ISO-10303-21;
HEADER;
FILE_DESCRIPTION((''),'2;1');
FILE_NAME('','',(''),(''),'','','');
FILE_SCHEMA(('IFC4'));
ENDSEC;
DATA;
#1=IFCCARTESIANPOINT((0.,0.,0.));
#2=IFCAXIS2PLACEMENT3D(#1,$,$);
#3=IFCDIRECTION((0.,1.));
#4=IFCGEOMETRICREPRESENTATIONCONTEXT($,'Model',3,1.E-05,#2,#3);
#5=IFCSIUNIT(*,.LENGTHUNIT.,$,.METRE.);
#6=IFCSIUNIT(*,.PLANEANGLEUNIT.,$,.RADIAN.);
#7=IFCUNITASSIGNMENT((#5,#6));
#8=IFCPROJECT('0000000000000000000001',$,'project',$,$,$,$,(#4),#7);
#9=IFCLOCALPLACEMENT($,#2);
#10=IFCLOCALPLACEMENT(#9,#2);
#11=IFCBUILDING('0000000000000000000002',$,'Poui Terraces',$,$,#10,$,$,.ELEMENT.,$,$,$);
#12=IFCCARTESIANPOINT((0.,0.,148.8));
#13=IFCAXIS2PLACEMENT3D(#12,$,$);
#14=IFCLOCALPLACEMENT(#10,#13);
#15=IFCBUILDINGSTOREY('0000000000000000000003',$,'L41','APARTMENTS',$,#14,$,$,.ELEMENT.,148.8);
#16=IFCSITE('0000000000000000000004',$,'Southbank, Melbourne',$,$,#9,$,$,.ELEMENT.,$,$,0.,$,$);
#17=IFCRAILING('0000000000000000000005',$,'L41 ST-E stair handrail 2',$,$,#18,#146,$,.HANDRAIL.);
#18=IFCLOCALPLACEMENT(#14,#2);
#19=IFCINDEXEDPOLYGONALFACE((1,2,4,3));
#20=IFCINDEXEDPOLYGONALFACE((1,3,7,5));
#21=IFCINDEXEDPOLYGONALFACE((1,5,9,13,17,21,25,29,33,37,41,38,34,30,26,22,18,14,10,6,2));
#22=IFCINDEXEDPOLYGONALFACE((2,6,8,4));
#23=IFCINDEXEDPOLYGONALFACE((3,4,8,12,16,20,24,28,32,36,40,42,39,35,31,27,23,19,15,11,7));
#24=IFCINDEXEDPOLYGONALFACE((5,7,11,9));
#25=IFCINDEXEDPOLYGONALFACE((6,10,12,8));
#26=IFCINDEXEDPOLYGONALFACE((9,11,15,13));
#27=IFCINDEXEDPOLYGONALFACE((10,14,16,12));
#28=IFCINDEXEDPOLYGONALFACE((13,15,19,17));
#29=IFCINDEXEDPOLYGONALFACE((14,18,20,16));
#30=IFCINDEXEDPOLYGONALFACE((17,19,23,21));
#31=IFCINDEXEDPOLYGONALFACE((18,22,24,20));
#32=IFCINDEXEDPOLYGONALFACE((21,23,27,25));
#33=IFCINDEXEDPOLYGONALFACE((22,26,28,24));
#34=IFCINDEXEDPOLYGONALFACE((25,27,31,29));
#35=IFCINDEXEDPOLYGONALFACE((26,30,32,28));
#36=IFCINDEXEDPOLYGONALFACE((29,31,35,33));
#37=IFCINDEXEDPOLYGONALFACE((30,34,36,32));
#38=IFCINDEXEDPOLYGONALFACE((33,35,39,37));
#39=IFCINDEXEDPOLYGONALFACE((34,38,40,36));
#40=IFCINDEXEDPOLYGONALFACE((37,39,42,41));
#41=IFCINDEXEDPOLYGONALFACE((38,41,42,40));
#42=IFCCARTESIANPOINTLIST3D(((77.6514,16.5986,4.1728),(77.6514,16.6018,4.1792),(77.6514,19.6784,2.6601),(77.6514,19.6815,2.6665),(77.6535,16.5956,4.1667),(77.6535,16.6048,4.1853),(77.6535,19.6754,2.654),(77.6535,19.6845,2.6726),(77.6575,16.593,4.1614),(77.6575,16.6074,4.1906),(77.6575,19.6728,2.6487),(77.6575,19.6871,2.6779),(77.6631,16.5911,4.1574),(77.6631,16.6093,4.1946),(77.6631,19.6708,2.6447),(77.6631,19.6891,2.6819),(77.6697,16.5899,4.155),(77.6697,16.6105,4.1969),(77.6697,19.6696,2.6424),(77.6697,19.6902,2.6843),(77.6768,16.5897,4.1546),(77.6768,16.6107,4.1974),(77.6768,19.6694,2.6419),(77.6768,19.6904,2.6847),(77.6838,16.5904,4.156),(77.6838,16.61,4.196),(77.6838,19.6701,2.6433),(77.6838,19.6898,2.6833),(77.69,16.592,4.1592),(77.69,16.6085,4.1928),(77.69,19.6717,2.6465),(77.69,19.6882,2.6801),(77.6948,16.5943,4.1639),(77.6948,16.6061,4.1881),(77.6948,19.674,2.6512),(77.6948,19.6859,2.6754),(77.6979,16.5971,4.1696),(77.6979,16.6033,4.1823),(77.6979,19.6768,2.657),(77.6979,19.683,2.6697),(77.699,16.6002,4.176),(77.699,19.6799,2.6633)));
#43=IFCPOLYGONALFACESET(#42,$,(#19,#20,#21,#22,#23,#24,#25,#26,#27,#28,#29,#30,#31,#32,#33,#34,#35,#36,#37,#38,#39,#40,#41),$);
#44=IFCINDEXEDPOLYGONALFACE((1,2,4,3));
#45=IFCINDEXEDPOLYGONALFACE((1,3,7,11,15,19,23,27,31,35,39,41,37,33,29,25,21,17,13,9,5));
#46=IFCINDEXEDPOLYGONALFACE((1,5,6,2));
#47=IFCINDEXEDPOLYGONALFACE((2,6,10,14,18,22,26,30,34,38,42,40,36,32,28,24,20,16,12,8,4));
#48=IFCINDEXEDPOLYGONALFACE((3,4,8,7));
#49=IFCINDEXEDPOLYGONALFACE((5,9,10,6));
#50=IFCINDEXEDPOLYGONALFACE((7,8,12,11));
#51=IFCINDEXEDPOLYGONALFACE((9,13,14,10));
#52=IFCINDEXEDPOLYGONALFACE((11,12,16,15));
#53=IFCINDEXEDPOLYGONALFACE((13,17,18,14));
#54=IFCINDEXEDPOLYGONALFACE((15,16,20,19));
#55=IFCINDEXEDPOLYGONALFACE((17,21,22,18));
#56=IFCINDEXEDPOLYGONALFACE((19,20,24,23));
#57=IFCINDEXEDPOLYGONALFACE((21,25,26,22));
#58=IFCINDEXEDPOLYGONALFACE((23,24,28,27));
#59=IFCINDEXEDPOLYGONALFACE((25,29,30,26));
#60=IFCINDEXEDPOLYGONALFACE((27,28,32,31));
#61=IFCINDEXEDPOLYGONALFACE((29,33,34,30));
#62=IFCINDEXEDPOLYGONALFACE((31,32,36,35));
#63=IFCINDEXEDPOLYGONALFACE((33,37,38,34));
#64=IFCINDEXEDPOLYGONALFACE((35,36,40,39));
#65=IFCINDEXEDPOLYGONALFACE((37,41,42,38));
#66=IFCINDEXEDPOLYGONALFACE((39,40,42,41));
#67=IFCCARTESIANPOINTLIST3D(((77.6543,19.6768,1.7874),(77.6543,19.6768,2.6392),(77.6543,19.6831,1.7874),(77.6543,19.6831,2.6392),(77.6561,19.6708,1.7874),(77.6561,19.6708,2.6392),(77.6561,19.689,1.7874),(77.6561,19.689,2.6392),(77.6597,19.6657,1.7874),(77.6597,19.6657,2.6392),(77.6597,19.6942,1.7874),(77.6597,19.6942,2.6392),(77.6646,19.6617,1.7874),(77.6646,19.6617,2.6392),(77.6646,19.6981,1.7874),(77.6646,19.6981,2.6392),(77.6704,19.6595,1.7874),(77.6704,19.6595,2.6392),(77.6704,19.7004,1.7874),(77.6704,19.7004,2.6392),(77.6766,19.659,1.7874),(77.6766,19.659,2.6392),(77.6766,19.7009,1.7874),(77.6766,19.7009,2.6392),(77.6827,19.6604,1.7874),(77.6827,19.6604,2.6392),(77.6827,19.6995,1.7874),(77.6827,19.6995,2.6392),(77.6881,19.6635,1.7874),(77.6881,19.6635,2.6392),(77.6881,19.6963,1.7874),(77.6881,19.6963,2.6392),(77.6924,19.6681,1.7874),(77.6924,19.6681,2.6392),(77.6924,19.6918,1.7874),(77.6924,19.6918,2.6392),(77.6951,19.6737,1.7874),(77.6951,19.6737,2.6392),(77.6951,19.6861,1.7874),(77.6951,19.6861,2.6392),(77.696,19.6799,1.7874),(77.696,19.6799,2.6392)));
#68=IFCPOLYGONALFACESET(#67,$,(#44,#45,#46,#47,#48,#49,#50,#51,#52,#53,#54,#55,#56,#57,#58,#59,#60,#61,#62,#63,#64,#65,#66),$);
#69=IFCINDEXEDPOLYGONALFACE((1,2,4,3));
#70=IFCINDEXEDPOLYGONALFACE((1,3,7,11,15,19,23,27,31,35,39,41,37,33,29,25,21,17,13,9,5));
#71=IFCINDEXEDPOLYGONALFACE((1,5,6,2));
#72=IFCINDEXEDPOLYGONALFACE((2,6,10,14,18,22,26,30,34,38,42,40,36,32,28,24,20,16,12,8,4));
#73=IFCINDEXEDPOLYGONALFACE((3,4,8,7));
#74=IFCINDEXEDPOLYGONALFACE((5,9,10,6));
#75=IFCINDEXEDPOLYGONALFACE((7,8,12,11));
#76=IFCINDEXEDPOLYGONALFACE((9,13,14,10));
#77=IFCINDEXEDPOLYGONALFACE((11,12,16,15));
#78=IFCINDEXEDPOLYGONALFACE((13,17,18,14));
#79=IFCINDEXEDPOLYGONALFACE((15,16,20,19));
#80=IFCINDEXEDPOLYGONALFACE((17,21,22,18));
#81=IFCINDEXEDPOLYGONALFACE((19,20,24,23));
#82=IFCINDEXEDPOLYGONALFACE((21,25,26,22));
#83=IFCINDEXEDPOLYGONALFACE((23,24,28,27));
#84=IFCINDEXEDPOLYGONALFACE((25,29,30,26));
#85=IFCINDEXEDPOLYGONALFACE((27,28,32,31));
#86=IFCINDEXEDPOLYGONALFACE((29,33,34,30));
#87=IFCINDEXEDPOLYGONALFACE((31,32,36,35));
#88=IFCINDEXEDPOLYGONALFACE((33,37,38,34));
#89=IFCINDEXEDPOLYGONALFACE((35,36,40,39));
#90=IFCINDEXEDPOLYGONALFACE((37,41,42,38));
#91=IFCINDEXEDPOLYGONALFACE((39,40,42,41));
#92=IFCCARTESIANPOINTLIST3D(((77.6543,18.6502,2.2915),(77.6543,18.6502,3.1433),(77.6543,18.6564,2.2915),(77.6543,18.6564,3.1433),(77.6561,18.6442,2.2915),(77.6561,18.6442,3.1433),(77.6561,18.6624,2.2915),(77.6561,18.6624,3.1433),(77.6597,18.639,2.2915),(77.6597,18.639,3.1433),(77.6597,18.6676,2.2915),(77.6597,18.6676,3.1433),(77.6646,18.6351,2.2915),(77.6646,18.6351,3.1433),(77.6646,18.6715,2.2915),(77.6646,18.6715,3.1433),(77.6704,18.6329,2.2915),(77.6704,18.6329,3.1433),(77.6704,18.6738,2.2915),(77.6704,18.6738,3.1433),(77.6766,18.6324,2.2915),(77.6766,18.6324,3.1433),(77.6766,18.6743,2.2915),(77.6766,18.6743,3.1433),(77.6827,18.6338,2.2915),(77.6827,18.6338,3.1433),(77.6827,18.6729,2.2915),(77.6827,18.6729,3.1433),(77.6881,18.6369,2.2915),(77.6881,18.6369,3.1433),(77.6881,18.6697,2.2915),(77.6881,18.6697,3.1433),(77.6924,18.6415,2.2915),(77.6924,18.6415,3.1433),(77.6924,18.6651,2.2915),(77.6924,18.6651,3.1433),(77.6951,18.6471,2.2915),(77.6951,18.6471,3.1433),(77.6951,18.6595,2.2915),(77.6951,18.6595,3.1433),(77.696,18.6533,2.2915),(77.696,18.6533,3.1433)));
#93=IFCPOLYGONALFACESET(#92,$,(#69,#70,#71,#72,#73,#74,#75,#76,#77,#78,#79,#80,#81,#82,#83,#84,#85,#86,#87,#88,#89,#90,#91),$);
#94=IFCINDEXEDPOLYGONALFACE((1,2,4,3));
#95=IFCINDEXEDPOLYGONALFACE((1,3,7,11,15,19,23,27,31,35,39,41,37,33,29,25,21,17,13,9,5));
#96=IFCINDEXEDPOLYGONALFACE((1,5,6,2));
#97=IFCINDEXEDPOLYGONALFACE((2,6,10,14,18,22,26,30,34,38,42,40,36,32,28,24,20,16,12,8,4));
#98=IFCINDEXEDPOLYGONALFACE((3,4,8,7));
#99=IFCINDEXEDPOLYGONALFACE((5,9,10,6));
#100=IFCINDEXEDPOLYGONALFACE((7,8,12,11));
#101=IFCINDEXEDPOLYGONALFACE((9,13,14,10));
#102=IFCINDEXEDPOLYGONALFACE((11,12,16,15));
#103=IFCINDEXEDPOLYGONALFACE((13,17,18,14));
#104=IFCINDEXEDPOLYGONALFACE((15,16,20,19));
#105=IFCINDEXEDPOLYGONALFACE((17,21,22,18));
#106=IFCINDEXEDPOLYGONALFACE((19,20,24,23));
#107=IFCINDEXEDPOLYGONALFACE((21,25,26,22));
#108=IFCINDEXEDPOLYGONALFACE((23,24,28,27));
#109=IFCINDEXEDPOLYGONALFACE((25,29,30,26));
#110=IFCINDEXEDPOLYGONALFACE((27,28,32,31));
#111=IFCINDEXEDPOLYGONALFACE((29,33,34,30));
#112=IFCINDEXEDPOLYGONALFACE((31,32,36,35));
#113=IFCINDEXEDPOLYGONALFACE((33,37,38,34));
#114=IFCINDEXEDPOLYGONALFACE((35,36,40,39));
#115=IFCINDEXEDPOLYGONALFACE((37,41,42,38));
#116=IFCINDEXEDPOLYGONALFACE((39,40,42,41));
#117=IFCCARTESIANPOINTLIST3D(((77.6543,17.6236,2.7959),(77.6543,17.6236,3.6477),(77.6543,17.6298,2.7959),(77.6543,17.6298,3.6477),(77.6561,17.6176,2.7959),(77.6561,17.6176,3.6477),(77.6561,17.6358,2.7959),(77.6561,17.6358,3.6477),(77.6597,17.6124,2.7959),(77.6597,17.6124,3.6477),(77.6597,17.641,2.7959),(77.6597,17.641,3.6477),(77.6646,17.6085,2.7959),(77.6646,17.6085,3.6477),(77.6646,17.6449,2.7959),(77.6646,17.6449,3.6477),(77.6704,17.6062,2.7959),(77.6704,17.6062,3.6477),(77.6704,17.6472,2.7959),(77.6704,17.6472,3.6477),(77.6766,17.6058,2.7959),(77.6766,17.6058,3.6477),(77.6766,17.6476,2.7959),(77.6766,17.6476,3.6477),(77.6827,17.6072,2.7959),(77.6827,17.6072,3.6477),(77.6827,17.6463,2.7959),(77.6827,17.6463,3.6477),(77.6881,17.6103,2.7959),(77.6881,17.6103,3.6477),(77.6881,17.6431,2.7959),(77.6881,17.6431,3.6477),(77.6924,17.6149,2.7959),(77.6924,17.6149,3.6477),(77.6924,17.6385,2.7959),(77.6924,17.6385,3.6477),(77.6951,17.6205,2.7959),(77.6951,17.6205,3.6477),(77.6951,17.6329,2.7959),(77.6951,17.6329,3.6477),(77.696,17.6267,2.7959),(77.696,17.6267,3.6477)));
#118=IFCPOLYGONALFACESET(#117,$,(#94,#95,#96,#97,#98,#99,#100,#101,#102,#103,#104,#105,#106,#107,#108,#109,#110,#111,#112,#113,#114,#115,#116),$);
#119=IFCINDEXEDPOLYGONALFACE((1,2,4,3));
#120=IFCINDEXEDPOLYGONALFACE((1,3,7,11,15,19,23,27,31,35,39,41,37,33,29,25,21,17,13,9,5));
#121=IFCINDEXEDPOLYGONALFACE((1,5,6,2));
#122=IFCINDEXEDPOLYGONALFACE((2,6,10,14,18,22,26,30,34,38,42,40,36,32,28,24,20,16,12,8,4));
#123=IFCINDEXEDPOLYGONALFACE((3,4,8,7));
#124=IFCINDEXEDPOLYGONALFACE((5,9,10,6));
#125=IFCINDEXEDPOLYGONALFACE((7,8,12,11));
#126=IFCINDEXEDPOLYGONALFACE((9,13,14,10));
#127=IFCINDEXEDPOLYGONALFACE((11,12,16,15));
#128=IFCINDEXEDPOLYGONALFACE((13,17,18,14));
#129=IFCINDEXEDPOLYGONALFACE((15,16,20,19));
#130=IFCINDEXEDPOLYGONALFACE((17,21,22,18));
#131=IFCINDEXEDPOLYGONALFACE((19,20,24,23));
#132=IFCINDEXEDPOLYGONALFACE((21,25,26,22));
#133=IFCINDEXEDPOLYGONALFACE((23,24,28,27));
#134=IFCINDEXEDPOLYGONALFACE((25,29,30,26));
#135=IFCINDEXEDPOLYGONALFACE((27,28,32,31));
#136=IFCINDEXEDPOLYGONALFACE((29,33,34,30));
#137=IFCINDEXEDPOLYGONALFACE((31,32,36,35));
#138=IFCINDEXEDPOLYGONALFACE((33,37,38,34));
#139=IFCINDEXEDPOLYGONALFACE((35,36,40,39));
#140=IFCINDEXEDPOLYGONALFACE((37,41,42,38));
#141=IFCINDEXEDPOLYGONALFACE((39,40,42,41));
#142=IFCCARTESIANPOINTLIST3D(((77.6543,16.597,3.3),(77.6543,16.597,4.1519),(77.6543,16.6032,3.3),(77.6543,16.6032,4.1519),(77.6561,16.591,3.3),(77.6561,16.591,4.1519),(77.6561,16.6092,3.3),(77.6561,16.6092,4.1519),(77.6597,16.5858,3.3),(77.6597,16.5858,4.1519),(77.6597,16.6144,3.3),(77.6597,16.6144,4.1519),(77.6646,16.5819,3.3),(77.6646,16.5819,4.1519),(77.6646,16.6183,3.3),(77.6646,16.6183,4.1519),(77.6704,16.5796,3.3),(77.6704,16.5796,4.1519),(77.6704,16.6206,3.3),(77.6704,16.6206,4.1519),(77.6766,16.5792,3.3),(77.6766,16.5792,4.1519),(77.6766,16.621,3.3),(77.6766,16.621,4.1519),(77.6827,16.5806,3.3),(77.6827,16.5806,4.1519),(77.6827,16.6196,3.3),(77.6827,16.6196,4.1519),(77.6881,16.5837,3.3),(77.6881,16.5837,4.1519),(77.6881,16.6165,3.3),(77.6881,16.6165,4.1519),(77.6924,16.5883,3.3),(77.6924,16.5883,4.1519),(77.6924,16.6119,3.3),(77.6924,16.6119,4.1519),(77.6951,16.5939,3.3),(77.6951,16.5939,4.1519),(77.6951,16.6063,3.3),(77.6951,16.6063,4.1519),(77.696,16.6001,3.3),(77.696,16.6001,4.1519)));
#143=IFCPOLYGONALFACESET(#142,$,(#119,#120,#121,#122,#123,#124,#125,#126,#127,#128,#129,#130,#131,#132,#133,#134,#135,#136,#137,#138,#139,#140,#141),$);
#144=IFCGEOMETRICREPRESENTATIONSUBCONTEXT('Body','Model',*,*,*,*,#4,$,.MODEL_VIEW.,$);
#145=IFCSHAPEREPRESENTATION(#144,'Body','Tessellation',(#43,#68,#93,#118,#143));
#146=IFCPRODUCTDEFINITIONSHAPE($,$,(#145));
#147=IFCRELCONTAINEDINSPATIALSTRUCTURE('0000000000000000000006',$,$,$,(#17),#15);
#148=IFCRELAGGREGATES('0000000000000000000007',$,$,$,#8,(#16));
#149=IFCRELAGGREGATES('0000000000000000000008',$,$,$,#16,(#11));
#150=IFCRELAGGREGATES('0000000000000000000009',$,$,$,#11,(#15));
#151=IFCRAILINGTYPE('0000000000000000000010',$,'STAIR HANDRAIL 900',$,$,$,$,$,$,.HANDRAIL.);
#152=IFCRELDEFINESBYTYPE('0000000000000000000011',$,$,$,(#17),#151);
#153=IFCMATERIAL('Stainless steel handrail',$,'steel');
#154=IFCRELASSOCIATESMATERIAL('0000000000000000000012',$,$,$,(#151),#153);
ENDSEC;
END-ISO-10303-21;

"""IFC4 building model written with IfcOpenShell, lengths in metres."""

from ifc_helpers import new_model, si_unit, direction, frame, origin, origin_2d, place, context, subcontext, project, spatial, circle, extrude, material, type_object, element, save


model = new_model("IFC4")

# Units and contexts
model_context = context("Model", 3, precision=1e-05, world=origin(), true_north=direction((0.0, 1.0)))
body_context = subcontext(model_context, "Body", "Model", "MODEL_VIEW")
ifc_project = project(units=[si_unit("LENGTHUNIT", "METRE"), si_unit("PLANEANGLEUNIT", "RADIAN")], contexts=[model_context])

# Site, building, storey
site_placement = place(None, origin())
site = spatial("IfcSite", under=ifc_project, at=site_placement, Name="Southbank, Melbourne", CompositionType="ELEMENT", RefElevation=0.0)
building_placement = place(site_placement, origin())
building = spatial("IfcBuilding", under=site, at=building_placement, Name="Poui Terraces", CompositionType="ELEMENT")
storey_placement = place(building_placement, frame((0.0, 0.0, 148.8)))
storey = spatial("IfcBuildingStorey", under=building, at=storey_placement, Name="L41", Description="APARTMENTS", CompositionType="ELEMENT", Elevation=148.8)

# Railing
ifc_material_1 = material(Name="Stainless steel handrail", Category="steel")
railing_type_1 = type_object("IfcRailingType", Name="STAIR HANDRAIL 900", PredefinedType="HANDRAIL", material=ifc_material_1)
for number, where, name in (
    (1, (77.675, 19.6799, 1.7874), "L41 ST-E stair handrail 2"),
):
    element("IfcRailing", number, at=place(storey_placement, frame(where)), inside=storey, type_object=railing_type_1, Name=name, PredefinedType="HANDRAIL", context=body_context, shape_type="SweptSolid", body=[
        extrude(circle(Radius=0.0239, at=origin_2d()), frame((0.0, 0.0, 0.876), z_axis=(0.0, -0.897578, 0.440856), x_axis=(1.0, 0.0, 0.0)), (0.0, 0.0, 1.0), 3.4312),
        extrude(circle(Radius=0.021, at=origin_2d()), origin(), (0.0, 0.0, 1.0), 0.8518),
        extrude(circle(Radius=0.021, at=origin_2d()), frame((0.0, -1.0266, 0.5042)), (0.0, 0.0, 1.0), 0.8518),
        extrude(circle(Radius=0.021, at=origin_2d()), frame((0.0, -2.0532, 1.0085)), (0.0, 0.0, 1.0), 0.8518),
        extrude(circle(Radius=0.021, at=origin_2d()), frame((0.0, -3.0798, 1.5127)), (0.0, 0.0, 1.0), 0.8518),
    ])

save(model, "model.ifc")
